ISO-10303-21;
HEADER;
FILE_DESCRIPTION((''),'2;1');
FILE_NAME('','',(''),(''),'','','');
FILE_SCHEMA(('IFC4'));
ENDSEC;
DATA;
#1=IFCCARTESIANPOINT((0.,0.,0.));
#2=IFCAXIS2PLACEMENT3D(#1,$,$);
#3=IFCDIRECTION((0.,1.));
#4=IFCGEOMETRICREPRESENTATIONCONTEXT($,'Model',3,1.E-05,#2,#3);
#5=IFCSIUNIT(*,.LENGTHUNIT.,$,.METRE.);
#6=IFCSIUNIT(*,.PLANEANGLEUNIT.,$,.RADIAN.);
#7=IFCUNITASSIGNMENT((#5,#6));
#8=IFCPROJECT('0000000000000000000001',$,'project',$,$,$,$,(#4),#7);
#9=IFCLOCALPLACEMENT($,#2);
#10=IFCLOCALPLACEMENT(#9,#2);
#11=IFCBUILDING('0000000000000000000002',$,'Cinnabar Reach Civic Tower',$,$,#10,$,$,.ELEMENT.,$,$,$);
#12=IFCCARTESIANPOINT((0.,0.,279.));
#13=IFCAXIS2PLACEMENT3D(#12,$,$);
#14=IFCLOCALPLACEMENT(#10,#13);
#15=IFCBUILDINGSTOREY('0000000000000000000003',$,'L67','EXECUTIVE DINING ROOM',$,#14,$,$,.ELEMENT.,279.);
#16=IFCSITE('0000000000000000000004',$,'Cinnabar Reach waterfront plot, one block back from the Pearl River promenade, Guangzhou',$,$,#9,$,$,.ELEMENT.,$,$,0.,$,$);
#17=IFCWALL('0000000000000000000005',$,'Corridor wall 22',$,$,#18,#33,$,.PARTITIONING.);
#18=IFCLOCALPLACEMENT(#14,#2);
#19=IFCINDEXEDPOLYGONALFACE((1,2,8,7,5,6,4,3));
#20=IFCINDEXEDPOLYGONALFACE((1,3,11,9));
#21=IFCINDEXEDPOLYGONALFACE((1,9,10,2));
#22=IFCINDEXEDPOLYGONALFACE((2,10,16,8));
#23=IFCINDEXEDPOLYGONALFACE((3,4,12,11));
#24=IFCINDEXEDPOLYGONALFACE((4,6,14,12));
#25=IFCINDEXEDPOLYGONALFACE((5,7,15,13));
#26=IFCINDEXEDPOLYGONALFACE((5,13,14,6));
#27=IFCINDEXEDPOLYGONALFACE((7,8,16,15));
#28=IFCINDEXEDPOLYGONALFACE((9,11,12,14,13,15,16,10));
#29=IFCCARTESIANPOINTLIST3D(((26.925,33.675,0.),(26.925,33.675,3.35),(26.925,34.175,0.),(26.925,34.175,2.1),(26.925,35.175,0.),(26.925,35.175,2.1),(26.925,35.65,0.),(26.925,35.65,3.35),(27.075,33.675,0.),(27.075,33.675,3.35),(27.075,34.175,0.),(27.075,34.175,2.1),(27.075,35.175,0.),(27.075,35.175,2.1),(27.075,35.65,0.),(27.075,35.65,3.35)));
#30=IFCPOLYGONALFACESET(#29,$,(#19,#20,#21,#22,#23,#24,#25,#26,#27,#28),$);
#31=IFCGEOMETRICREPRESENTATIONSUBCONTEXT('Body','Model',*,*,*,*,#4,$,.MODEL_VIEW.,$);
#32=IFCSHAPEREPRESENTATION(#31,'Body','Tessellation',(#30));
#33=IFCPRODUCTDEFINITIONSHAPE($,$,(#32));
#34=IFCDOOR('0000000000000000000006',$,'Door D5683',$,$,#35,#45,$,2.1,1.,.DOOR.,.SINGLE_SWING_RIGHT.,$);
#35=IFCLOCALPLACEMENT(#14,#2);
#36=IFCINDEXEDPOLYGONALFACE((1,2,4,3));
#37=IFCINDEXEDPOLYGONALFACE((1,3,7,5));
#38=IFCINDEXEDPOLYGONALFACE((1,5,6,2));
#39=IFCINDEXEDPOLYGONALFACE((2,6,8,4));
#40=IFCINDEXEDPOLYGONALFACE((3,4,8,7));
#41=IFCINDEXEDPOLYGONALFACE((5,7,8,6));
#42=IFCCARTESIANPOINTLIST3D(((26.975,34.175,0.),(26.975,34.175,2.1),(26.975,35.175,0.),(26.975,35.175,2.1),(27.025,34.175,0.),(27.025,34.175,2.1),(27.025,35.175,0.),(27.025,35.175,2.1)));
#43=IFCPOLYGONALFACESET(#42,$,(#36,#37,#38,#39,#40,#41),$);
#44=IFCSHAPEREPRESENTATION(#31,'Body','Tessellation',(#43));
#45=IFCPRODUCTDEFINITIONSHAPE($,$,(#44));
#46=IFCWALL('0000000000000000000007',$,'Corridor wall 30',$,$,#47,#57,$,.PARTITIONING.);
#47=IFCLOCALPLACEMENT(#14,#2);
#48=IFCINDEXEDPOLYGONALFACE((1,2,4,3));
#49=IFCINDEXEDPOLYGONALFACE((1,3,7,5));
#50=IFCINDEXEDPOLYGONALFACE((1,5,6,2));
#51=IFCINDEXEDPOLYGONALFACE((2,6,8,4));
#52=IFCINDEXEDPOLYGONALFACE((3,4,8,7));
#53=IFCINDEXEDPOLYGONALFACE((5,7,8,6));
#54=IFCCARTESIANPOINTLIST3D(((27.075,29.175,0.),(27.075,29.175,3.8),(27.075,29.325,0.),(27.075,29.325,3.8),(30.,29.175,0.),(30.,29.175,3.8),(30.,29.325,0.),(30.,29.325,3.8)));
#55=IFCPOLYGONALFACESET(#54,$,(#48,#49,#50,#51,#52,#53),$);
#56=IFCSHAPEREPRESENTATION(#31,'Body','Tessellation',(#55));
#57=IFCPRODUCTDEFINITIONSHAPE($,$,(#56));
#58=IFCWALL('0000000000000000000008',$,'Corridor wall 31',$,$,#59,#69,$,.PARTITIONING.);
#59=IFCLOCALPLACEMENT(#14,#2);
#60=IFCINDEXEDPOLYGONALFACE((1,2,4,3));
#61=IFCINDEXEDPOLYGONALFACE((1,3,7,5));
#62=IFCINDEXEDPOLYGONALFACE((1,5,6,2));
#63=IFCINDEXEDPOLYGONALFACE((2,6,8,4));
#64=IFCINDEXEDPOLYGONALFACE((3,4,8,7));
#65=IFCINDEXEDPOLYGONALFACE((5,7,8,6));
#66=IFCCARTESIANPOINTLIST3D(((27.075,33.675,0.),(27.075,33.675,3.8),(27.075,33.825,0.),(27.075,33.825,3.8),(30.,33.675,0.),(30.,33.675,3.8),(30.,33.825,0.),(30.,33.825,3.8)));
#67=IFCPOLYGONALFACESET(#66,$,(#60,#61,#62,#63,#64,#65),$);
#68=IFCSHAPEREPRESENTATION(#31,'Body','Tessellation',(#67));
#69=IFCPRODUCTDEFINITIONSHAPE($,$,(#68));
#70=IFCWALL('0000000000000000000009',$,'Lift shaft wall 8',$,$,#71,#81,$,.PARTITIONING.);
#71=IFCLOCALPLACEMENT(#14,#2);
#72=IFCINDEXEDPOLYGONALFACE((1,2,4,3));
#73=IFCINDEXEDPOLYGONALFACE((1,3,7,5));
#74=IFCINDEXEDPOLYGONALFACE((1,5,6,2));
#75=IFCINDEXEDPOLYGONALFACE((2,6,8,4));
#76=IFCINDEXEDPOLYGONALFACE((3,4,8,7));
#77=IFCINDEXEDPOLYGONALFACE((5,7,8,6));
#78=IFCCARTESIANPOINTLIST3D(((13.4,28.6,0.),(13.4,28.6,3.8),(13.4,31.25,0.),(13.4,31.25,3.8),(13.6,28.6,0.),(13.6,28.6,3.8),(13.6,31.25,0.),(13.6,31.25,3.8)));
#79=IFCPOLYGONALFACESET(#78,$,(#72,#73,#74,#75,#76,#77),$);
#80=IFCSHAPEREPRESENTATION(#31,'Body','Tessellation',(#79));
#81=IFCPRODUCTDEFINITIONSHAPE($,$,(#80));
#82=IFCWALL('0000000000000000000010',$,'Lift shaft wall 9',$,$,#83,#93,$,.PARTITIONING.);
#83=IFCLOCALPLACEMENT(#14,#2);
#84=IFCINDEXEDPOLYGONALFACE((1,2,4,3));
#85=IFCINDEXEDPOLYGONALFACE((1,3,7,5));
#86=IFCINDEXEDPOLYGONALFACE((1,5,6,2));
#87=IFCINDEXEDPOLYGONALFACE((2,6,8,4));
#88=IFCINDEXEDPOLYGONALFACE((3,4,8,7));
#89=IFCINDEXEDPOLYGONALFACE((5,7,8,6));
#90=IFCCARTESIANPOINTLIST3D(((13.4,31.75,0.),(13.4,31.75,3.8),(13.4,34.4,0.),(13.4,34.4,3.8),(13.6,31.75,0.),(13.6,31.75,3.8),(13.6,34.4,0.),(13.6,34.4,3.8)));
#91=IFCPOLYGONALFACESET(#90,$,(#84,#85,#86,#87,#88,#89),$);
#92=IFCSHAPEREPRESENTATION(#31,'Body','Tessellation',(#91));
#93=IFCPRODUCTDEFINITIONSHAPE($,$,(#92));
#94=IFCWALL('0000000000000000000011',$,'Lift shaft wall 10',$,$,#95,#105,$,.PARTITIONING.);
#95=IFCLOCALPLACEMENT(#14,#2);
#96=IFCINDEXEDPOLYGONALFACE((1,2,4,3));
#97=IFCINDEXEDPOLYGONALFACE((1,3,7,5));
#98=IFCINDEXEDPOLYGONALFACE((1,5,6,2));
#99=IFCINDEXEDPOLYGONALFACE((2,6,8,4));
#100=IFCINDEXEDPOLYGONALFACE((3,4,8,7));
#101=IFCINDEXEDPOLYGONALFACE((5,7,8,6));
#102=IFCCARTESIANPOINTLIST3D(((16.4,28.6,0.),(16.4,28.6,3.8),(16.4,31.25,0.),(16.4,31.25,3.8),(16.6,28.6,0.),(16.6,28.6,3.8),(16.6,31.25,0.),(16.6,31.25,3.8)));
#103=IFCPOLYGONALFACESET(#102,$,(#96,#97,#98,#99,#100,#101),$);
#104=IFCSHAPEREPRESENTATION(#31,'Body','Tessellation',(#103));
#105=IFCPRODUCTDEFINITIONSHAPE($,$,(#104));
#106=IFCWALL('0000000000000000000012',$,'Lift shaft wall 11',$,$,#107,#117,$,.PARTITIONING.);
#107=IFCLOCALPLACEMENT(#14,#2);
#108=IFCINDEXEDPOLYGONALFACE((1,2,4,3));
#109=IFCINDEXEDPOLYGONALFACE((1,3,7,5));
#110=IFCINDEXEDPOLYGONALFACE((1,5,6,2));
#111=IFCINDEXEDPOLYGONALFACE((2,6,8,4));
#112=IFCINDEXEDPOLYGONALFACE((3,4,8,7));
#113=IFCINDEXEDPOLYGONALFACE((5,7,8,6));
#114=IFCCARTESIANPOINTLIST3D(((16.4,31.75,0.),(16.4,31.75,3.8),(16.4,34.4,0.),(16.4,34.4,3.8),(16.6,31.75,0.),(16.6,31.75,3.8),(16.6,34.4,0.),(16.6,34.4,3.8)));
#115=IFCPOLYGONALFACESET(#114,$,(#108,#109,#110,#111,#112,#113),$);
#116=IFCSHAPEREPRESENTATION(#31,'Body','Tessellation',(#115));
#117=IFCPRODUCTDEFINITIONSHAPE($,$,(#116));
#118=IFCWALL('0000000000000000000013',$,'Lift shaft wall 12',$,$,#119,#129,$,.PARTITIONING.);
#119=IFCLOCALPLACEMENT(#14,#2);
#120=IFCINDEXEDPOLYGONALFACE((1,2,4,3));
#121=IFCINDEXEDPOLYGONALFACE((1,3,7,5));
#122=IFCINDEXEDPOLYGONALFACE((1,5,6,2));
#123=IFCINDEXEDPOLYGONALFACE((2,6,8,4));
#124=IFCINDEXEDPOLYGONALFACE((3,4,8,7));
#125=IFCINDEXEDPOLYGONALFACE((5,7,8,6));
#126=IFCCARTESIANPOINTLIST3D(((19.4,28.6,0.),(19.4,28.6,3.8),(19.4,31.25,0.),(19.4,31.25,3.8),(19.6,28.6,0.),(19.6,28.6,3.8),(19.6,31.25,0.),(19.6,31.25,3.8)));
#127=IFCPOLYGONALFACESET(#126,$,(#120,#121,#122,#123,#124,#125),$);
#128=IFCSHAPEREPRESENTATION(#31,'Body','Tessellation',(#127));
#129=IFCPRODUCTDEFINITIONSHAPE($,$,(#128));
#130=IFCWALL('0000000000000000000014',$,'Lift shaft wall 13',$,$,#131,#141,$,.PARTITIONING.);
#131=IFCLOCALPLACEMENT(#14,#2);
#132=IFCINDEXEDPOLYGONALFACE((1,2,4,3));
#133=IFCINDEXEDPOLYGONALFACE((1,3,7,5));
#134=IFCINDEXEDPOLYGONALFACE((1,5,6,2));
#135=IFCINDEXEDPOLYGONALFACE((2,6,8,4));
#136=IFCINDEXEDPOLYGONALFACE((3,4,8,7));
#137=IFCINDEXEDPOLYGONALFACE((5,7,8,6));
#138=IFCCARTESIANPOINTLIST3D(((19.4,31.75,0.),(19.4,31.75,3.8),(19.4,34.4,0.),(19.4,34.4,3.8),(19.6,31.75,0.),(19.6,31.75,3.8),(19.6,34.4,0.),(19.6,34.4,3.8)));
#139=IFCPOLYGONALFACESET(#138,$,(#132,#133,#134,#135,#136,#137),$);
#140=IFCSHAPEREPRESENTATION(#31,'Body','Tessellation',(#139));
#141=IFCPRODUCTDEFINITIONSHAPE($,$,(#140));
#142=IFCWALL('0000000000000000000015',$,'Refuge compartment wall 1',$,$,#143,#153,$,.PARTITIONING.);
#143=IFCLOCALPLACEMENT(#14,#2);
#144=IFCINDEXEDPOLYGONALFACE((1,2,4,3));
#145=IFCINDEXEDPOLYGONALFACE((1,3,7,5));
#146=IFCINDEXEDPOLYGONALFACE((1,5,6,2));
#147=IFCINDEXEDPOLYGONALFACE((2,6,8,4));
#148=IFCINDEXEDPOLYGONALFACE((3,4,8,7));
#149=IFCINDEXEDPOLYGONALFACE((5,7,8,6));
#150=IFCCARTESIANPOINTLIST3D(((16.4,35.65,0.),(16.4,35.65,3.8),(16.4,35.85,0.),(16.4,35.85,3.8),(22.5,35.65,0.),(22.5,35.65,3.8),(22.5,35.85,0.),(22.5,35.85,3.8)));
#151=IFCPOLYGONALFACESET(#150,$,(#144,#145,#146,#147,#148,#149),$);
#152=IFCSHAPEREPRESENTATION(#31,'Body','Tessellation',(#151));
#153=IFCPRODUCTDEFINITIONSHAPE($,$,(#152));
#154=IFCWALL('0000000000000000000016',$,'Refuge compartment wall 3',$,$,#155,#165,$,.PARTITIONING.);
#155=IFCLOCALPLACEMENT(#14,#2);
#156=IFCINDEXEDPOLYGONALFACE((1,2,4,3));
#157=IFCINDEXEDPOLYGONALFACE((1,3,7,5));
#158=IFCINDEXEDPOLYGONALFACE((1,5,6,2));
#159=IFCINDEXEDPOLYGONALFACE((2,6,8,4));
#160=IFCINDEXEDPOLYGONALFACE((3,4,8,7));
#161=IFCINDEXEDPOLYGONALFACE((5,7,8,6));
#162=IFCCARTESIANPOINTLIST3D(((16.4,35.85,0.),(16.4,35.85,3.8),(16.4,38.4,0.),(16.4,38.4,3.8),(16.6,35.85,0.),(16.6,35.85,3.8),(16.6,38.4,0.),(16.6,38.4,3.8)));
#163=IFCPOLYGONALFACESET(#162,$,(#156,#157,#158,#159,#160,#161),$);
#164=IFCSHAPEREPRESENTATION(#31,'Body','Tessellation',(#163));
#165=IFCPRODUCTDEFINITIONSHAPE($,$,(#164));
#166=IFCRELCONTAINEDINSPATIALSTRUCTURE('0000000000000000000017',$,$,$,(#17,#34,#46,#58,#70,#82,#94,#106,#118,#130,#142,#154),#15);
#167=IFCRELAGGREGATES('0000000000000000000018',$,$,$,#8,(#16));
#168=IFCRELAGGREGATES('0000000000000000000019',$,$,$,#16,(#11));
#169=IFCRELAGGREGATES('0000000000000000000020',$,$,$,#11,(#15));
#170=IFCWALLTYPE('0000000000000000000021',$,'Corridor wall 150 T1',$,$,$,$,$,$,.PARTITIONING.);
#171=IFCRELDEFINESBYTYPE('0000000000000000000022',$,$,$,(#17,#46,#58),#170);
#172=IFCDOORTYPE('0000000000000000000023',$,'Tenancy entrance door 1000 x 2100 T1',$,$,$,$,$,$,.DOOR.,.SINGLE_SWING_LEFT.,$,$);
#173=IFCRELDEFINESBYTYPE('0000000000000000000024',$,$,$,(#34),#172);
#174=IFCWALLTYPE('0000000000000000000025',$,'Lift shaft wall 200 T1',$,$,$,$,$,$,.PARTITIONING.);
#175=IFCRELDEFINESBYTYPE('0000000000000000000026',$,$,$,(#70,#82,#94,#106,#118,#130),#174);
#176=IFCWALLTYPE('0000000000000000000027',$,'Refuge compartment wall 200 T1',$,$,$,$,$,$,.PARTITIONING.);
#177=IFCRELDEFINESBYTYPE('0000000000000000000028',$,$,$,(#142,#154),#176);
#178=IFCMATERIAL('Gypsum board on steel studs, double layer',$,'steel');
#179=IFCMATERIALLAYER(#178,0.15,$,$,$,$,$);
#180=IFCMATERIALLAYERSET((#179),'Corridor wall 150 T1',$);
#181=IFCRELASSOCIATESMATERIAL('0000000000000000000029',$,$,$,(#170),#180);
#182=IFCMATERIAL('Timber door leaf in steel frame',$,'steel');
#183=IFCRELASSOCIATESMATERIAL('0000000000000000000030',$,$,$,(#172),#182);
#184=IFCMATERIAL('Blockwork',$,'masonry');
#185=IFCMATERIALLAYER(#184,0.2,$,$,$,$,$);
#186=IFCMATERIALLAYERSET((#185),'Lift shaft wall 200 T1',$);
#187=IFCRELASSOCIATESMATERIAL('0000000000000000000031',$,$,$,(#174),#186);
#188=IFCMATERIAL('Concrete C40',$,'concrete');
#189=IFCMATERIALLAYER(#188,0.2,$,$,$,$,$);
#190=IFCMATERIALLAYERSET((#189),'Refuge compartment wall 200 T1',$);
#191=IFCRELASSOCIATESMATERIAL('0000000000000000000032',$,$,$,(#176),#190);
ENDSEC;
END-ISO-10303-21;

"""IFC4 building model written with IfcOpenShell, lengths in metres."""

from ifc_helpers import new_model, si_unit, direction, frame, frame_2d, origin, place, context, subcontext, project, spatial, rectangle, extrude, material, layer, layer_set, type_object, element, fill, save


model = new_model("IFC4")

# Units and contexts
model_context = context("Model", 3, precision=1e-05, world=origin(), true_north=direction((0.0, 1.0)))
body_context = subcontext(model_context, "Body", "Model", "MODEL_VIEW")
ifc_project = project(units=[si_unit("LENGTHUNIT", "METRE"), si_unit("PLANEANGLEUNIT", "RADIAN")], contexts=[model_context])

# Site, building, storey
site_placement = place(None, origin())
site = spatial("IfcSite", under=ifc_project, at=site_placement, Name="Cinnabar Reach waterfront plot, one block back from the Pearl River promenade, Guangzhou", CompositionType="ELEMENT", RefElevation=0.0)
building_placement = place(site_placement, origin())
building = spatial("IfcBuilding", under=site, at=building_placement, Name="Cinnabar Reach Civic Tower", CompositionType="ELEMENT")
storey_placement = place(building_placement, frame((0.0, 0.0, 279.0)))
storey = spatial("IfcBuildingStorey", under=building, at=storey_placement, Name="L67", Description="EXECUTIVE DINING ROOM", CompositionType="ELEMENT", Elevation=279.0)

# Shared definitions
ifc_material_1 = material(Name="Timber door leaf in steel frame", Category="steel")

# Wall, opening, door
ifc_material_2 = material(Name="Gypsum board on steel studs, double layer", Category="steel")
ifc_layer_1 = layer(ifc_material_2, 0.15)
ifc_layer_set_1 = layer_set([ifc_layer_1], Name="Corridor wall 150 T1")
wall_type_1 = type_object("IfcWallType", Name="Corridor wall 150 T1", PredefinedType="PARTITIONING", material=ifc_layer_set_1)
wall_1_placement = place(storey_placement, frame((27.0, 33.675, 0.0), z_axis=(0.0, 0.0, 1.0), x_axis=(0.0, 1.0, 0.0)))
wall_1 = element("IfcWall", 1, at=wall_1_placement, inside=storey, type_object=wall_type_1, Name="Corridor wall 22", PredefinedType="PARTITIONING", context=body_context, shape_type="SweptSolid", body=[
    extrude(rectangle(XDim=1.975, YDim=0.15, at=frame_2d((0.9875, 0.0))), origin(), (0.0, 0.0, 1.0), 3.35),
])
opening_1_placement = place(wall_1_placement, frame((0.5, 0.0, 0.0)))
opening_1 = element("IfcOpeningElement", 2, at=opening_1_placement, cuts=wall_1, PredefinedType="OPENING", context=body_context, shape_type="SweptSolid", body=[
    extrude(rectangle(XDim=1.0, YDim=2.1, at=frame_2d((0.5, 1.05))), frame((0.0, 0.085, 0.0), z_axis=(0.0, -1.0, 0.0), x_axis=(1.0, 0.0, 0.0)), (0.0, 0.0, 1.0), 0.17),
])
door_type_1 = type_object("IfcDoorType", Name="Tenancy entrance door 1000 x 2100 T1", OperationType="SINGLE_SWING_LEFT", PredefinedType="DOOR", material=ifc_material_1)
door_1_placement = place(opening_1_placement, frame((1.0, 0.0, 0.0), z_axis=(0.0, 0.0, 1.0), x_axis=(-1.0, 0.0, 0.0)))
door_1 = element("IfcDoor", 3, at=door_1_placement, inside=storey, type_object=door_type_1, Name="Door D5683", OperationType="SINGLE_SWING_RIGHT", OverallHeight=2.1, OverallWidth=1.0, PredefinedType="DOOR", context=body_context, shape_type="SweptSolid", body=[
    extrude(rectangle(XDim=1.0, YDim=2.1, at=frame_2d((0.5, 1.05))), frame((0.0, 0.025, 0.0), z_axis=(0.0, -1.0, 0.0), x_axis=(1.0, 0.0, 0.0)), (0.0, 0.0, 1.0), 0.05),
])
fill(opening_1, door_1)

# Walls
for number, where, z_axis, x_axis, name in (
    (4, (27.075, 29.25, 0.0), (0.0, 0.0, 1.0), (1.0, 0.0, 0.0), "Corridor wall 30"),
    (5, (27.075, 33.75, 0.0), (0.0, 0.0, 1.0), (1.0, 0.0, 0.0), "Corridor wall 31"),
):
    element("IfcWall", number, at=place(storey_placement, frame(where, z_axis=z_axis, x_axis=x_axis)), inside=storey, type_object=wall_type_1, Name=name, PredefinedType="PARTITIONING", context=body_context, shape_type="SweptSolid", body=[
        extrude(rectangle(XDim=2.925, YDim=0.15, at=frame_2d((1.4625, 0.0))), origin(), (0.0, 0.0, 1.0), 3.8),
    ])
ifc_material_3 = material(Name="Blockwork", Category="masonry")
ifc_layer_2 = layer(ifc_material_3, 0.2)
ifc_layer_set_2 = layer_set([ifc_layer_2], Name="Lift shaft wall 200 T1")
wall_type_2 = type_object("IfcWallType", Name="Lift shaft wall 200 T1", PredefinedType="PARTITIONING", material=ifc_layer_set_2)
for number, where, z_axis, x_axis, name in (
    (6, (13.5, 28.6, 0.0), (0.0, 0.0, 1.0), (0.0, 1.0, 0.0), "Lift shaft wall 8"),
    (7, (13.5, 31.75, 0.0), (0.0, 0.0, 1.0), (0.0, 1.0, 0.0), "Lift shaft wall 9"),
    (8, (16.5, 28.6, 0.0), (0.0, 0.0, 1.0), (0.0, 1.0, 0.0), "Lift shaft wall 10"),
    (9, (16.5, 31.75, 0.0), (0.0, 0.0, 1.0), (0.0, 1.0, 0.0), "Lift shaft wall 11"),
    (10, (19.5, 28.6, 0.0), (0.0, 0.0, 1.0), (0.0, 1.0, 0.0), "Lift shaft wall 12"),
    (11, (19.5, 31.75, 0.0), (0.0, 0.0, 1.0), (0.0, 1.0, 0.0), "Lift shaft wall 13"),
):
    element("IfcWall", number, at=place(storey_placement, frame(where, z_axis=z_axis, x_axis=x_axis)), inside=storey, type_object=wall_type_2, Name=name, PredefinedType="PARTITIONING", context=body_context, shape_type="SweptSolid", body=[
        extrude(rectangle(XDim=2.65, YDim=0.2, at=frame_2d((1.325, 0.0))), origin(), (0.0, 0.0, 1.0), 3.8),
    ])
ifc_material_4 = material(Name="Concrete C40", Category="concrete")
ifc_layer_3 = layer(ifc_material_4, 0.2)
ifc_layer_set_3 = layer_set([ifc_layer_3], Name="Refuge compartment wall 200 T1")
wall_type_3 = type_object("IfcWallType", Name="Refuge compartment wall 200 T1", PredefinedType="PARTITIONING", material=ifc_layer_set_3)
wall_2_placement = place(storey_placement, frame((16.4, 35.75, 0.0), z_axis=(0.0, 0.0, 1.0), x_axis=(1.0, 0.0, 0.0)))
element("IfcWall", 12, at=wall_2_placement, inside=storey, type_object=wall_type_3, Name="Refuge compartment wall 1", PredefinedType="PARTITIONING", context=body_context, shape_type="SweptSolid", body=[
    extrude(rectangle(XDim=6.1, YDim=0.2, at=frame_2d((3.05, 0.0))), origin(), (0.0, 0.0, 1.0), 3.8),
])
wall_3_placement = place(storey_placement, frame((16.5, 35.85, 0.0), z_axis=(0.0, 0.0, 1.0), x_axis=(0.0, 1.0, 0.0)))
element("IfcWall", 13, at=wall_3_placement, inside=storey, type_object=wall_type_3, Name="Refuge compartment wall 3", PredefinedType="PARTITIONING", context=body_context, shape_type="SweptSolid", body=[
    extrude(rectangle(XDim=2.55, YDim=0.2, at=frame_2d((1.275, 0.0))), origin(), (0.0, 0.0, 1.0), 3.8),
])

save(model, "model.ifc")
